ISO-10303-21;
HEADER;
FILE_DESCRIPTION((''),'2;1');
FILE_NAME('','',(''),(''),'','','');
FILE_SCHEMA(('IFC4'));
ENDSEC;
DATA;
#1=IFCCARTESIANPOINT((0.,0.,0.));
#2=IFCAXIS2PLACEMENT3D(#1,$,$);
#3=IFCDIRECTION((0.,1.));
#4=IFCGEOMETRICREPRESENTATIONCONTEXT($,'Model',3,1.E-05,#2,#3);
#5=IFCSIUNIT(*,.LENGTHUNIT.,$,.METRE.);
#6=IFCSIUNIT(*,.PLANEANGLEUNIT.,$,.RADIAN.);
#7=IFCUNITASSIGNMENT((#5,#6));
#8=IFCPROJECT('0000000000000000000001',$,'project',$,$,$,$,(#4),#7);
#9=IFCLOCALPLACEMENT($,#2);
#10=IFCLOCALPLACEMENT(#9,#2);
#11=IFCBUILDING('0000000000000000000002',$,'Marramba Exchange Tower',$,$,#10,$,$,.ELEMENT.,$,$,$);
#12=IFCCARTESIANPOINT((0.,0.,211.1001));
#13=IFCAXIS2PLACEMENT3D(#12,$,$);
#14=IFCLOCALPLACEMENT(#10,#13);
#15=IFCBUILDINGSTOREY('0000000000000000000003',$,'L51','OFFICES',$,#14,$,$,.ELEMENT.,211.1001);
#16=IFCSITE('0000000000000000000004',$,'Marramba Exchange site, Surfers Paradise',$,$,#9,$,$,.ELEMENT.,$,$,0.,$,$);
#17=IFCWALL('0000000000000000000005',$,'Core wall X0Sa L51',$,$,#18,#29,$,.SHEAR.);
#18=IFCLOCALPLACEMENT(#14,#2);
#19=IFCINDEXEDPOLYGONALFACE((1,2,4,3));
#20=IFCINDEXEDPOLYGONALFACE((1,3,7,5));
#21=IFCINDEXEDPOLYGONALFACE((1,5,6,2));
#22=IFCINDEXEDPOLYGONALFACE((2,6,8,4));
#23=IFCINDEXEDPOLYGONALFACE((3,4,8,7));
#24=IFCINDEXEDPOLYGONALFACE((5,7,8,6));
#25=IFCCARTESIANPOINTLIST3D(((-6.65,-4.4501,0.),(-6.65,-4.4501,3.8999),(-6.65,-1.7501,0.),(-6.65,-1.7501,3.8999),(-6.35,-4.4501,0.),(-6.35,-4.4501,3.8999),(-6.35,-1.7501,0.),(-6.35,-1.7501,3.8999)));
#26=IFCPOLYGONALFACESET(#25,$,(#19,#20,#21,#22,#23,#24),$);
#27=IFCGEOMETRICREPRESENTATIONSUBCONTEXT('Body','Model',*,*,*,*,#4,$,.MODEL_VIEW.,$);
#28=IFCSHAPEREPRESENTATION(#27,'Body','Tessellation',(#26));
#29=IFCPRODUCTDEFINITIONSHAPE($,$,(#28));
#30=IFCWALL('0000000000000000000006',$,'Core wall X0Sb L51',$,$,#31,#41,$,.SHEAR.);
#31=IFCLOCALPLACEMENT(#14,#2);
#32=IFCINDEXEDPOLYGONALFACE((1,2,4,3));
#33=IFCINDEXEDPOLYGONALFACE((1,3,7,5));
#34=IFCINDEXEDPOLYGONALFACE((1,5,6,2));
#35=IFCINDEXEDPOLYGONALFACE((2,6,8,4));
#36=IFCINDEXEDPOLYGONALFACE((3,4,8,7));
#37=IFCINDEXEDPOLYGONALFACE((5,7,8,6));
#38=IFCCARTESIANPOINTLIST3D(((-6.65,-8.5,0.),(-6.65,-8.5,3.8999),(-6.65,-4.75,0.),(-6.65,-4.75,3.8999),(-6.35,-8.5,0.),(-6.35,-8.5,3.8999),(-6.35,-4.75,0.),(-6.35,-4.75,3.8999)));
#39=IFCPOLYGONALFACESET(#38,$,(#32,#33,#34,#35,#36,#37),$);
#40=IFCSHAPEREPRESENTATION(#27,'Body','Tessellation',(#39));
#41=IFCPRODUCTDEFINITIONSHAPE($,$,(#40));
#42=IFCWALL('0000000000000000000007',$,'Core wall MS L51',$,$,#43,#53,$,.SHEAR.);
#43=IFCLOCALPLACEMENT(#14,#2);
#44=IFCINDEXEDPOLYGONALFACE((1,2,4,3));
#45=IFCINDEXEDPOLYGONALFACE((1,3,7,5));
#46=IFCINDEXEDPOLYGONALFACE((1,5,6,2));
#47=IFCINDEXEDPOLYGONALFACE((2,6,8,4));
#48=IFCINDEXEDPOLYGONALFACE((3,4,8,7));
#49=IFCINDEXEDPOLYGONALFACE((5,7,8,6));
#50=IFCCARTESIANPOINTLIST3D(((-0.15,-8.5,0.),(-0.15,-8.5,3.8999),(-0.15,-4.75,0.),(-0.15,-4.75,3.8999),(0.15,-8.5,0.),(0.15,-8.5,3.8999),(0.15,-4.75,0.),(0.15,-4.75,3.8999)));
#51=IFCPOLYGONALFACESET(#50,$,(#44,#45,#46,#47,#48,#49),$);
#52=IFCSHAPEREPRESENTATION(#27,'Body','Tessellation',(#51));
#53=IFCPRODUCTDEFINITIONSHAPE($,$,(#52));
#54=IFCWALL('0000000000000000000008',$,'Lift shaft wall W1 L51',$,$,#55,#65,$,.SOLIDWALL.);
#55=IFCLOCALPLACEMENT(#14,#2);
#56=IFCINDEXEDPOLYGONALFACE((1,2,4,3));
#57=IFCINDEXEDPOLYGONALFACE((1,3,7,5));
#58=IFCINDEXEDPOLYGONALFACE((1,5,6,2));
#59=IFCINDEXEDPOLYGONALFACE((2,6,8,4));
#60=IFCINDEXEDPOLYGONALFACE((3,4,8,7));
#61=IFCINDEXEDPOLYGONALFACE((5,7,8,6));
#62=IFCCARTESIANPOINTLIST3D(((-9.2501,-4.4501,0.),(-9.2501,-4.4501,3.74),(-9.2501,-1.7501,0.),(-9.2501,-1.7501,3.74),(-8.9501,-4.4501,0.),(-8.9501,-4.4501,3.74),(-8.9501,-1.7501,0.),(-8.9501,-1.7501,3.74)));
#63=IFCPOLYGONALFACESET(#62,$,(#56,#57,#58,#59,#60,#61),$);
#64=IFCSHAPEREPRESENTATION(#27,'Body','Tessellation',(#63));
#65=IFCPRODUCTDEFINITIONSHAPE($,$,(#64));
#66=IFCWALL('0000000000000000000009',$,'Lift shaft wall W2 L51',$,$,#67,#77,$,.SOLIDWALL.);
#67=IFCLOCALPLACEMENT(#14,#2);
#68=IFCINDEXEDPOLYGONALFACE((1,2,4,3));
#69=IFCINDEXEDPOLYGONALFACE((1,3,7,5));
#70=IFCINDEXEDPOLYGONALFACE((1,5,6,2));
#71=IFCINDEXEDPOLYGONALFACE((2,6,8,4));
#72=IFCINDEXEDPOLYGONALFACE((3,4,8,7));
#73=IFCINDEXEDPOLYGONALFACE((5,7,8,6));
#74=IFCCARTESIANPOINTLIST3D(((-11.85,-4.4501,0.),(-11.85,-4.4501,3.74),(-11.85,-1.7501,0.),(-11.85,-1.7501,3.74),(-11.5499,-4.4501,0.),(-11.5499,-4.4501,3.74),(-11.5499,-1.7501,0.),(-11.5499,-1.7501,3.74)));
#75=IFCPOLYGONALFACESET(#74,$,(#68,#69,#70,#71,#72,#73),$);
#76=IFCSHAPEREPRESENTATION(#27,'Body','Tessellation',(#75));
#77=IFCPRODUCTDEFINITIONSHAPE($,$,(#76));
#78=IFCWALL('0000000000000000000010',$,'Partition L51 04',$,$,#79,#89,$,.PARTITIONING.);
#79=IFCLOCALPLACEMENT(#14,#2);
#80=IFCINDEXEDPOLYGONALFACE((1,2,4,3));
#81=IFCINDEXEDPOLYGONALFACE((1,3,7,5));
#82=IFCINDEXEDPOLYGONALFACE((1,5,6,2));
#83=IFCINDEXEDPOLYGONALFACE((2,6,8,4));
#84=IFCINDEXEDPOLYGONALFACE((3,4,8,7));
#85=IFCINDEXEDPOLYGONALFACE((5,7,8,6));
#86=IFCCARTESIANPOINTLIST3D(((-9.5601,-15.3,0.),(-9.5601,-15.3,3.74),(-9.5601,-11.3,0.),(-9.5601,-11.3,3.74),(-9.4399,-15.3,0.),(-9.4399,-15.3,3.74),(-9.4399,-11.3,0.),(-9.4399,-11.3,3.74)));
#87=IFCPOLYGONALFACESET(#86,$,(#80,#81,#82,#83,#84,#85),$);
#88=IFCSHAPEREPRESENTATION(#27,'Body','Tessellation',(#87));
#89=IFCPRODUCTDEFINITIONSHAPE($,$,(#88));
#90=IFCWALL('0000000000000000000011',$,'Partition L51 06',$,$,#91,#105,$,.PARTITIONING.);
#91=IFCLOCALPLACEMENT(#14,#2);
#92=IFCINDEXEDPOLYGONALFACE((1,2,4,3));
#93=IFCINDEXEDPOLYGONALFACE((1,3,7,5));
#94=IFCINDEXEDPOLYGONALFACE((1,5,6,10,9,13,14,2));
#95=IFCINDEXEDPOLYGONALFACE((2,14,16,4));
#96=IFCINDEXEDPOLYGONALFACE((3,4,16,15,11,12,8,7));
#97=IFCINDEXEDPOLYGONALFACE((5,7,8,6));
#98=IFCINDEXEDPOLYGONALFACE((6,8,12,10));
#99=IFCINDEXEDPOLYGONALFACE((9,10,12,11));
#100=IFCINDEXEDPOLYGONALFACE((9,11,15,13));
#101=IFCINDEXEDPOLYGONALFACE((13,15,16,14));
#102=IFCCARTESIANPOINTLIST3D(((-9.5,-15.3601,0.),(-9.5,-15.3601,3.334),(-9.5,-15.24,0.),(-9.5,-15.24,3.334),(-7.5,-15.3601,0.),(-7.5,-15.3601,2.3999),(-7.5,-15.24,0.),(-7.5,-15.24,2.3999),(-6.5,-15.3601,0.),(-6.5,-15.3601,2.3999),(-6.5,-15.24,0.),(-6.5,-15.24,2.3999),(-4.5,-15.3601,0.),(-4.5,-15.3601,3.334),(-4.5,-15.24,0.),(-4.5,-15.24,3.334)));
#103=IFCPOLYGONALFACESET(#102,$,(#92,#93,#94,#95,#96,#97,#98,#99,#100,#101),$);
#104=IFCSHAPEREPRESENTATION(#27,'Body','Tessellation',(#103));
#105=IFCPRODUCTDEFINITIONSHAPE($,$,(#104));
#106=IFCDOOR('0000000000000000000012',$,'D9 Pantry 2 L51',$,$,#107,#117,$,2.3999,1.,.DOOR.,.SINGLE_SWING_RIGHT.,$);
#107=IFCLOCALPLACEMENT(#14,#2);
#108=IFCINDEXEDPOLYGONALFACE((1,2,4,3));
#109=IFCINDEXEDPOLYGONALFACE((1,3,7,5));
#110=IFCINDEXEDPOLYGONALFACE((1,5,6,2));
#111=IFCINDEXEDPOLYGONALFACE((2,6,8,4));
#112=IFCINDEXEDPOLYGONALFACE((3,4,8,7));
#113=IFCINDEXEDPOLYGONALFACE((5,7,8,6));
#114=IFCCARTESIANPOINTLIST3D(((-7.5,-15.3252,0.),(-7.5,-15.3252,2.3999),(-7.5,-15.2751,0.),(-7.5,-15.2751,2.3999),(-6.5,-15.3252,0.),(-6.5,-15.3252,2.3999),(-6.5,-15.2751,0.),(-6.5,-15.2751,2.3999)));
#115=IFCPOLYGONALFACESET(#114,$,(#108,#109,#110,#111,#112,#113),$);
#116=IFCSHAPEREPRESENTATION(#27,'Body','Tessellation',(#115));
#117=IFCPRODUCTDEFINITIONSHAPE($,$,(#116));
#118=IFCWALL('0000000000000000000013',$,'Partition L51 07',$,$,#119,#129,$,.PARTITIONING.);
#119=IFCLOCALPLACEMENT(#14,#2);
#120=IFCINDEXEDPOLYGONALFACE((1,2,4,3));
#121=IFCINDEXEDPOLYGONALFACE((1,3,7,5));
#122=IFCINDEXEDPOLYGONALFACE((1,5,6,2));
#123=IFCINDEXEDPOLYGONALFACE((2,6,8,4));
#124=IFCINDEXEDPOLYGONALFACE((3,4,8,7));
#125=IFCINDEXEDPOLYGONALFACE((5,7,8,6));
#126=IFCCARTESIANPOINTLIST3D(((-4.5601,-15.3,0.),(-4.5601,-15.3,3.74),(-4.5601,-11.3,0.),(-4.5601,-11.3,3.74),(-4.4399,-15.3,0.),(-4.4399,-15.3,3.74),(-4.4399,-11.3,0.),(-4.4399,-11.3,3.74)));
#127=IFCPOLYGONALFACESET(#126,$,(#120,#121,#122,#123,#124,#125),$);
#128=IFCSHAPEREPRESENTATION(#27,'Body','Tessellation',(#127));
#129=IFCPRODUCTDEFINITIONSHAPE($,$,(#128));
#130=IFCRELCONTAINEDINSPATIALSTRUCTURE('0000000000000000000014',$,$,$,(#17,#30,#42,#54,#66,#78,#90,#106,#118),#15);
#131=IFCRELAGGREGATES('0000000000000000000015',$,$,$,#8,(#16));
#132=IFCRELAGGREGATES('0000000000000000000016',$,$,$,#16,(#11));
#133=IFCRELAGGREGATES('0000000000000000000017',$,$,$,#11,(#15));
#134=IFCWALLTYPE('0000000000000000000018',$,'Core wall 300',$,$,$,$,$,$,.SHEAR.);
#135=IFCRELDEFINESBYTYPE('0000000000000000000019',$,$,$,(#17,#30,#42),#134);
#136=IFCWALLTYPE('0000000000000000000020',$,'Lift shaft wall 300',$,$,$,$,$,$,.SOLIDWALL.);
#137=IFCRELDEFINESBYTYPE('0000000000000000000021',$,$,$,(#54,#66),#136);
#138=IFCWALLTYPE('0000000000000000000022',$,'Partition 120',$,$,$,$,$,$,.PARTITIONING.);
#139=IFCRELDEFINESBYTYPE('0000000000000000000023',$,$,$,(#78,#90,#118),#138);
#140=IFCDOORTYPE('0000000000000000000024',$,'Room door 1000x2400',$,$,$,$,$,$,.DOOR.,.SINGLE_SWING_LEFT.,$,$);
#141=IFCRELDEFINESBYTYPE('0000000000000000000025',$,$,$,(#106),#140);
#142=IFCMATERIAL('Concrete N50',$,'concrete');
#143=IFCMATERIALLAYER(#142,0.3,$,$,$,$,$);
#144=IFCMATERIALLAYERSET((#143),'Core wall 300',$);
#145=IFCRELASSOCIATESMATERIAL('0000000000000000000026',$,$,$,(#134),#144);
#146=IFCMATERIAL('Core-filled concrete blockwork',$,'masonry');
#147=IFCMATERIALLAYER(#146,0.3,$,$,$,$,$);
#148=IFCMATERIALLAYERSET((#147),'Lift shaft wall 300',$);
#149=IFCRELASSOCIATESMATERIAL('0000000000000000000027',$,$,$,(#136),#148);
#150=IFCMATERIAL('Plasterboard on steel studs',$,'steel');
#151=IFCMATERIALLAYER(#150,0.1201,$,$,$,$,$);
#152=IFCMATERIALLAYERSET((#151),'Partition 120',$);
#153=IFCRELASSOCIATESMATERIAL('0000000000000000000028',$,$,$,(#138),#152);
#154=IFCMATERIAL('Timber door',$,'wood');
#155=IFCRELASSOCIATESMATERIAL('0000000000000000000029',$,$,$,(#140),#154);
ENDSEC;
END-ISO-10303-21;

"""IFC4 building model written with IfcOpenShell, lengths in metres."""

from ifc_helpers import new_model, si_unit, direction, frame, frame_2d, origin, place, context, subcontext, project, spatial, rectangle, extrude, material, layer, layer_set, type_object, element, fill, save


model = new_model("IFC4")

# Units and contexts
model_context = context("Model", 3, precision=1e-05, world=origin(), true_north=direction((0.0, 1.0)))
body_context = subcontext(model_context, "Body", "Model", "MODEL_VIEW")
ifc_project = project(units=[si_unit("LENGTHUNIT", "METRE"), si_unit("PLANEANGLEUNIT", "RADIAN")], contexts=[model_context])

# Site, building, storey
site_placement = place(None, origin())
site = spatial("IfcSite", under=ifc_project, at=site_placement, Name="Marramba Exchange site, Surfers Paradise", CompositionType="ELEMENT", RefElevation=0.0)
building_placement = place(site_placement, origin())
building = spatial("IfcBuilding", under=site, at=building_placement, Name="Marramba Exchange Tower", CompositionType="ELEMENT")
storey_placement = place(building_placement, frame((0.0, 0.0, 211.1001)))
storey = spatial("IfcBuildingStorey", under=building, at=storey_placement, Name="L51", Description="OFFICES", CompositionType="ELEMENT", Elevation=211.1001)

# Shared definitions
ifc_material_1 = material(Name="Concrete N50", Category="concrete")

# Walls
ifc_layer_1 = layer(ifc_material_1, 0.3)
ifc_layer_set_1 = layer_set([ifc_layer_1], Name="Core wall 300")
wall_type_1 = type_object("IfcWallType", Name="Core wall 300", PredefinedType="SHEAR", material=ifc_layer_set_1)
wall_1_placement = place(storey_placement, frame((-6.5, -1.75, 0.0), z_axis=(0.0, 0.0, 1.0), x_axis=(0.0, -1.0, 0.0)))
element("IfcWall", 1, at=wall_1_placement, inside=storey, type_object=wall_type_1, Name="Core wall X0Sa L51", PredefinedType="SHEAR", context=body_context, shape_type="SweptSolid", body=[
    extrude(rectangle(XDim=2.7, YDim=0.3, at=frame_2d((1.3501, 0.0))), origin(), (0.0, 0.0, 1.0), 3.8999),
])
for number, where, z_axis, x_axis, name in (
    (2, (-6.5, -4.75, 0.0), (0.0, 0.0, 1.0), (0.0, -1.0, 0.0), "Core wall X0Sb L51"),
    (3, (0.0, -4.75, 0.0), (0.0, 0.0, 1.0), (0.0, -1.0, 0.0), "Core wall MS L51"),
):
    element("IfcWall", number, at=place(storey_placement, frame(where, z_axis=z_axis, x_axis=x_axis)), inside=storey, type_object=wall_type_1, Name=name, PredefinedType="SHEAR", context=body_context, shape_type="SweptSolid", body=[
        extrude(rectangle(XDim=3.75, YDim=0.3, at=frame_2d((1.875, 0.0))), origin(), (0.0, 0.0, 1.0), 3.8999),
    ])
ifc_material_2 = material(Name="Core-filled concrete blockwork", Category="masonry")
ifc_layer_2 = layer(ifc_material_2, 0.3)
ifc_layer_set_2 = layer_set([ifc_layer_2], Name="Lift shaft wall 300")
wall_type_2 = type_object("IfcWallType", Name="Lift shaft wall 300", PredefinedType="SOLIDWALL", material=ifc_layer_set_2)
for number, where, z_axis, x_axis, name in (
    (4, (-9.1001, -1.75, 0.0), (0.0, 0.0, 1.0), (0.0, -1.0, 0.0), "Lift shaft wall W1 L51"),
    (5, (-11.7, -1.75, 0.0), (0.0, 0.0, 1.0), (0.0, -1.0, 0.0), "Lift shaft wall W2 L51"),
):
    element("IfcWall", number, at=place(storey_placement, frame(where, z_axis=z_axis, x_axis=x_axis)), inside=storey, type_object=wall_type_2, Name=name, PredefinedType="SOLIDWALL", context=body_context, shape_type="SweptSolid", body=[
        extrude(rectangle(XDim=2.7, YDim=0.3, at=frame_2d((1.3501, 0.0))), origin(), (0.0, 0.0, 1.0), 3.74),
    ])
ifc_material_3 = material(Name="Plasterboard on steel studs", Category="steel")
ifc_layer_3 = layer(ifc_material_3, 0.1201)
ifc_layer_set_3 = layer_set([ifc_layer_3], Name="Partition 120")
wall_type_3 = type_object("IfcWallType", Name="Partition 120", PredefinedType="PARTITIONING", material=ifc_layer_set_3)
wall_2_placement = place(storey_placement, frame((-9.5, -11.3, 0.0), z_axis=(0.0, 0.0, 1.0), x_axis=(0.0, -1.0, 0.0)))
element("IfcWall", 6, at=wall_2_placement, inside=storey, type_object=wall_type_3, Name="Partition L51 04", PredefinedType="PARTITIONING", context=body_context, shape_type="SweptSolid", body=[
    extrude(rectangle(XDim=4.0, YDim=0.1201, at=frame_2d((2.0, 0.0))), origin(), (0.0, 0.0, 1.0), 3.74),
])

# Wall, opening, door
wall_3_placement = place(storey_placement, frame((-9.5, -15.3, 0.0), z_axis=(0.0, 0.0, 1.0), x_axis=(1.0, 0.0, 0.0)))
wall_3 = element("IfcWall", 7, at=wall_3_placement, inside=storey, type_object=wall_type_3, Name="Partition L51 06", PredefinedType="PARTITIONING", context=body_context, shape_type="SweptSolid", body=[
    extrude(rectangle(XDim=5.0, YDim=0.1201, at=frame_2d((2.5, 0.0))), origin(), (0.0, 0.0, 1.0), 3.334),
])
opening_1_placement = place(wall_3_placement, frame((2.0, 0.0, 0.0)))
opening_1 = element("IfcOpeningElement", 8, at=opening_1_placement, cuts=wall_3, PredefinedType="OPENING", context=body_context, shape_type="SweptSolid", body=[
    extrude(rectangle(XDim=1.0, YDim=2.3999, at=frame_2d((0.5, 1.2))), frame((0.0, 0.0701, 0.0), z_axis=(0.0, -1.0, 0.0), x_axis=(1.0, 0.0, 0.0)), (0.0, 0.0, 1.0), 0.1401),
])
ifc_material_4 = material(Name="Timber door", Category="wood")
door_type = type_object("IfcDoorType", Name="Room door 1000x2400", OperationType="SINGLE_SWING_LEFT", PredefinedType="DOOR", material=ifc_material_4)
door_1_placement = place(opening_1_placement, origin())
door_1 = element("IfcDoor", 9, at=door_1_placement, inside=storey, type_object=door_type, Name="D9 Pantry 2 L51", OperationType="SINGLE_SWING_RIGHT", OverallHeight=2.3999, OverallWidth=1.0, PredefinedType="DOOR", context=body_context, shape_type="SweptSolid", body=[
    extrude(rectangle(XDim=1.0, YDim=2.3999, at=frame_2d((0.5, 1.2))), frame((0.0, 0.0249, 0.0), z_axis=(0.0, -1.0, 0.0), x_axis=(1.0, 0.0, 0.0)), (0.0, 0.0, 1.0), 0.05),
])
fill(opening_1, door_1)

# Wall
wall_4_placement = place(storey_placement, frame((-4.5, -15.3, 0.0), z_axis=(0.0, 0.0, 1.0), x_axis=(0.0, 1.0, 0.0)))
element("IfcWall", 10, at=wall_4_placement, inside=storey, type_object=wall_type_3, Name="Partition L51 07", PredefinedType="PARTITIONING", context=body_context, shape_type="SweptSolid", body=[
    extrude(rectangle(XDim=4.0, YDim=0.1201, at=frame_2d((2.0, 0.0))), origin(), (0.0, 0.0, 1.0), 3.74),
])

save(model, "model.ifc")
